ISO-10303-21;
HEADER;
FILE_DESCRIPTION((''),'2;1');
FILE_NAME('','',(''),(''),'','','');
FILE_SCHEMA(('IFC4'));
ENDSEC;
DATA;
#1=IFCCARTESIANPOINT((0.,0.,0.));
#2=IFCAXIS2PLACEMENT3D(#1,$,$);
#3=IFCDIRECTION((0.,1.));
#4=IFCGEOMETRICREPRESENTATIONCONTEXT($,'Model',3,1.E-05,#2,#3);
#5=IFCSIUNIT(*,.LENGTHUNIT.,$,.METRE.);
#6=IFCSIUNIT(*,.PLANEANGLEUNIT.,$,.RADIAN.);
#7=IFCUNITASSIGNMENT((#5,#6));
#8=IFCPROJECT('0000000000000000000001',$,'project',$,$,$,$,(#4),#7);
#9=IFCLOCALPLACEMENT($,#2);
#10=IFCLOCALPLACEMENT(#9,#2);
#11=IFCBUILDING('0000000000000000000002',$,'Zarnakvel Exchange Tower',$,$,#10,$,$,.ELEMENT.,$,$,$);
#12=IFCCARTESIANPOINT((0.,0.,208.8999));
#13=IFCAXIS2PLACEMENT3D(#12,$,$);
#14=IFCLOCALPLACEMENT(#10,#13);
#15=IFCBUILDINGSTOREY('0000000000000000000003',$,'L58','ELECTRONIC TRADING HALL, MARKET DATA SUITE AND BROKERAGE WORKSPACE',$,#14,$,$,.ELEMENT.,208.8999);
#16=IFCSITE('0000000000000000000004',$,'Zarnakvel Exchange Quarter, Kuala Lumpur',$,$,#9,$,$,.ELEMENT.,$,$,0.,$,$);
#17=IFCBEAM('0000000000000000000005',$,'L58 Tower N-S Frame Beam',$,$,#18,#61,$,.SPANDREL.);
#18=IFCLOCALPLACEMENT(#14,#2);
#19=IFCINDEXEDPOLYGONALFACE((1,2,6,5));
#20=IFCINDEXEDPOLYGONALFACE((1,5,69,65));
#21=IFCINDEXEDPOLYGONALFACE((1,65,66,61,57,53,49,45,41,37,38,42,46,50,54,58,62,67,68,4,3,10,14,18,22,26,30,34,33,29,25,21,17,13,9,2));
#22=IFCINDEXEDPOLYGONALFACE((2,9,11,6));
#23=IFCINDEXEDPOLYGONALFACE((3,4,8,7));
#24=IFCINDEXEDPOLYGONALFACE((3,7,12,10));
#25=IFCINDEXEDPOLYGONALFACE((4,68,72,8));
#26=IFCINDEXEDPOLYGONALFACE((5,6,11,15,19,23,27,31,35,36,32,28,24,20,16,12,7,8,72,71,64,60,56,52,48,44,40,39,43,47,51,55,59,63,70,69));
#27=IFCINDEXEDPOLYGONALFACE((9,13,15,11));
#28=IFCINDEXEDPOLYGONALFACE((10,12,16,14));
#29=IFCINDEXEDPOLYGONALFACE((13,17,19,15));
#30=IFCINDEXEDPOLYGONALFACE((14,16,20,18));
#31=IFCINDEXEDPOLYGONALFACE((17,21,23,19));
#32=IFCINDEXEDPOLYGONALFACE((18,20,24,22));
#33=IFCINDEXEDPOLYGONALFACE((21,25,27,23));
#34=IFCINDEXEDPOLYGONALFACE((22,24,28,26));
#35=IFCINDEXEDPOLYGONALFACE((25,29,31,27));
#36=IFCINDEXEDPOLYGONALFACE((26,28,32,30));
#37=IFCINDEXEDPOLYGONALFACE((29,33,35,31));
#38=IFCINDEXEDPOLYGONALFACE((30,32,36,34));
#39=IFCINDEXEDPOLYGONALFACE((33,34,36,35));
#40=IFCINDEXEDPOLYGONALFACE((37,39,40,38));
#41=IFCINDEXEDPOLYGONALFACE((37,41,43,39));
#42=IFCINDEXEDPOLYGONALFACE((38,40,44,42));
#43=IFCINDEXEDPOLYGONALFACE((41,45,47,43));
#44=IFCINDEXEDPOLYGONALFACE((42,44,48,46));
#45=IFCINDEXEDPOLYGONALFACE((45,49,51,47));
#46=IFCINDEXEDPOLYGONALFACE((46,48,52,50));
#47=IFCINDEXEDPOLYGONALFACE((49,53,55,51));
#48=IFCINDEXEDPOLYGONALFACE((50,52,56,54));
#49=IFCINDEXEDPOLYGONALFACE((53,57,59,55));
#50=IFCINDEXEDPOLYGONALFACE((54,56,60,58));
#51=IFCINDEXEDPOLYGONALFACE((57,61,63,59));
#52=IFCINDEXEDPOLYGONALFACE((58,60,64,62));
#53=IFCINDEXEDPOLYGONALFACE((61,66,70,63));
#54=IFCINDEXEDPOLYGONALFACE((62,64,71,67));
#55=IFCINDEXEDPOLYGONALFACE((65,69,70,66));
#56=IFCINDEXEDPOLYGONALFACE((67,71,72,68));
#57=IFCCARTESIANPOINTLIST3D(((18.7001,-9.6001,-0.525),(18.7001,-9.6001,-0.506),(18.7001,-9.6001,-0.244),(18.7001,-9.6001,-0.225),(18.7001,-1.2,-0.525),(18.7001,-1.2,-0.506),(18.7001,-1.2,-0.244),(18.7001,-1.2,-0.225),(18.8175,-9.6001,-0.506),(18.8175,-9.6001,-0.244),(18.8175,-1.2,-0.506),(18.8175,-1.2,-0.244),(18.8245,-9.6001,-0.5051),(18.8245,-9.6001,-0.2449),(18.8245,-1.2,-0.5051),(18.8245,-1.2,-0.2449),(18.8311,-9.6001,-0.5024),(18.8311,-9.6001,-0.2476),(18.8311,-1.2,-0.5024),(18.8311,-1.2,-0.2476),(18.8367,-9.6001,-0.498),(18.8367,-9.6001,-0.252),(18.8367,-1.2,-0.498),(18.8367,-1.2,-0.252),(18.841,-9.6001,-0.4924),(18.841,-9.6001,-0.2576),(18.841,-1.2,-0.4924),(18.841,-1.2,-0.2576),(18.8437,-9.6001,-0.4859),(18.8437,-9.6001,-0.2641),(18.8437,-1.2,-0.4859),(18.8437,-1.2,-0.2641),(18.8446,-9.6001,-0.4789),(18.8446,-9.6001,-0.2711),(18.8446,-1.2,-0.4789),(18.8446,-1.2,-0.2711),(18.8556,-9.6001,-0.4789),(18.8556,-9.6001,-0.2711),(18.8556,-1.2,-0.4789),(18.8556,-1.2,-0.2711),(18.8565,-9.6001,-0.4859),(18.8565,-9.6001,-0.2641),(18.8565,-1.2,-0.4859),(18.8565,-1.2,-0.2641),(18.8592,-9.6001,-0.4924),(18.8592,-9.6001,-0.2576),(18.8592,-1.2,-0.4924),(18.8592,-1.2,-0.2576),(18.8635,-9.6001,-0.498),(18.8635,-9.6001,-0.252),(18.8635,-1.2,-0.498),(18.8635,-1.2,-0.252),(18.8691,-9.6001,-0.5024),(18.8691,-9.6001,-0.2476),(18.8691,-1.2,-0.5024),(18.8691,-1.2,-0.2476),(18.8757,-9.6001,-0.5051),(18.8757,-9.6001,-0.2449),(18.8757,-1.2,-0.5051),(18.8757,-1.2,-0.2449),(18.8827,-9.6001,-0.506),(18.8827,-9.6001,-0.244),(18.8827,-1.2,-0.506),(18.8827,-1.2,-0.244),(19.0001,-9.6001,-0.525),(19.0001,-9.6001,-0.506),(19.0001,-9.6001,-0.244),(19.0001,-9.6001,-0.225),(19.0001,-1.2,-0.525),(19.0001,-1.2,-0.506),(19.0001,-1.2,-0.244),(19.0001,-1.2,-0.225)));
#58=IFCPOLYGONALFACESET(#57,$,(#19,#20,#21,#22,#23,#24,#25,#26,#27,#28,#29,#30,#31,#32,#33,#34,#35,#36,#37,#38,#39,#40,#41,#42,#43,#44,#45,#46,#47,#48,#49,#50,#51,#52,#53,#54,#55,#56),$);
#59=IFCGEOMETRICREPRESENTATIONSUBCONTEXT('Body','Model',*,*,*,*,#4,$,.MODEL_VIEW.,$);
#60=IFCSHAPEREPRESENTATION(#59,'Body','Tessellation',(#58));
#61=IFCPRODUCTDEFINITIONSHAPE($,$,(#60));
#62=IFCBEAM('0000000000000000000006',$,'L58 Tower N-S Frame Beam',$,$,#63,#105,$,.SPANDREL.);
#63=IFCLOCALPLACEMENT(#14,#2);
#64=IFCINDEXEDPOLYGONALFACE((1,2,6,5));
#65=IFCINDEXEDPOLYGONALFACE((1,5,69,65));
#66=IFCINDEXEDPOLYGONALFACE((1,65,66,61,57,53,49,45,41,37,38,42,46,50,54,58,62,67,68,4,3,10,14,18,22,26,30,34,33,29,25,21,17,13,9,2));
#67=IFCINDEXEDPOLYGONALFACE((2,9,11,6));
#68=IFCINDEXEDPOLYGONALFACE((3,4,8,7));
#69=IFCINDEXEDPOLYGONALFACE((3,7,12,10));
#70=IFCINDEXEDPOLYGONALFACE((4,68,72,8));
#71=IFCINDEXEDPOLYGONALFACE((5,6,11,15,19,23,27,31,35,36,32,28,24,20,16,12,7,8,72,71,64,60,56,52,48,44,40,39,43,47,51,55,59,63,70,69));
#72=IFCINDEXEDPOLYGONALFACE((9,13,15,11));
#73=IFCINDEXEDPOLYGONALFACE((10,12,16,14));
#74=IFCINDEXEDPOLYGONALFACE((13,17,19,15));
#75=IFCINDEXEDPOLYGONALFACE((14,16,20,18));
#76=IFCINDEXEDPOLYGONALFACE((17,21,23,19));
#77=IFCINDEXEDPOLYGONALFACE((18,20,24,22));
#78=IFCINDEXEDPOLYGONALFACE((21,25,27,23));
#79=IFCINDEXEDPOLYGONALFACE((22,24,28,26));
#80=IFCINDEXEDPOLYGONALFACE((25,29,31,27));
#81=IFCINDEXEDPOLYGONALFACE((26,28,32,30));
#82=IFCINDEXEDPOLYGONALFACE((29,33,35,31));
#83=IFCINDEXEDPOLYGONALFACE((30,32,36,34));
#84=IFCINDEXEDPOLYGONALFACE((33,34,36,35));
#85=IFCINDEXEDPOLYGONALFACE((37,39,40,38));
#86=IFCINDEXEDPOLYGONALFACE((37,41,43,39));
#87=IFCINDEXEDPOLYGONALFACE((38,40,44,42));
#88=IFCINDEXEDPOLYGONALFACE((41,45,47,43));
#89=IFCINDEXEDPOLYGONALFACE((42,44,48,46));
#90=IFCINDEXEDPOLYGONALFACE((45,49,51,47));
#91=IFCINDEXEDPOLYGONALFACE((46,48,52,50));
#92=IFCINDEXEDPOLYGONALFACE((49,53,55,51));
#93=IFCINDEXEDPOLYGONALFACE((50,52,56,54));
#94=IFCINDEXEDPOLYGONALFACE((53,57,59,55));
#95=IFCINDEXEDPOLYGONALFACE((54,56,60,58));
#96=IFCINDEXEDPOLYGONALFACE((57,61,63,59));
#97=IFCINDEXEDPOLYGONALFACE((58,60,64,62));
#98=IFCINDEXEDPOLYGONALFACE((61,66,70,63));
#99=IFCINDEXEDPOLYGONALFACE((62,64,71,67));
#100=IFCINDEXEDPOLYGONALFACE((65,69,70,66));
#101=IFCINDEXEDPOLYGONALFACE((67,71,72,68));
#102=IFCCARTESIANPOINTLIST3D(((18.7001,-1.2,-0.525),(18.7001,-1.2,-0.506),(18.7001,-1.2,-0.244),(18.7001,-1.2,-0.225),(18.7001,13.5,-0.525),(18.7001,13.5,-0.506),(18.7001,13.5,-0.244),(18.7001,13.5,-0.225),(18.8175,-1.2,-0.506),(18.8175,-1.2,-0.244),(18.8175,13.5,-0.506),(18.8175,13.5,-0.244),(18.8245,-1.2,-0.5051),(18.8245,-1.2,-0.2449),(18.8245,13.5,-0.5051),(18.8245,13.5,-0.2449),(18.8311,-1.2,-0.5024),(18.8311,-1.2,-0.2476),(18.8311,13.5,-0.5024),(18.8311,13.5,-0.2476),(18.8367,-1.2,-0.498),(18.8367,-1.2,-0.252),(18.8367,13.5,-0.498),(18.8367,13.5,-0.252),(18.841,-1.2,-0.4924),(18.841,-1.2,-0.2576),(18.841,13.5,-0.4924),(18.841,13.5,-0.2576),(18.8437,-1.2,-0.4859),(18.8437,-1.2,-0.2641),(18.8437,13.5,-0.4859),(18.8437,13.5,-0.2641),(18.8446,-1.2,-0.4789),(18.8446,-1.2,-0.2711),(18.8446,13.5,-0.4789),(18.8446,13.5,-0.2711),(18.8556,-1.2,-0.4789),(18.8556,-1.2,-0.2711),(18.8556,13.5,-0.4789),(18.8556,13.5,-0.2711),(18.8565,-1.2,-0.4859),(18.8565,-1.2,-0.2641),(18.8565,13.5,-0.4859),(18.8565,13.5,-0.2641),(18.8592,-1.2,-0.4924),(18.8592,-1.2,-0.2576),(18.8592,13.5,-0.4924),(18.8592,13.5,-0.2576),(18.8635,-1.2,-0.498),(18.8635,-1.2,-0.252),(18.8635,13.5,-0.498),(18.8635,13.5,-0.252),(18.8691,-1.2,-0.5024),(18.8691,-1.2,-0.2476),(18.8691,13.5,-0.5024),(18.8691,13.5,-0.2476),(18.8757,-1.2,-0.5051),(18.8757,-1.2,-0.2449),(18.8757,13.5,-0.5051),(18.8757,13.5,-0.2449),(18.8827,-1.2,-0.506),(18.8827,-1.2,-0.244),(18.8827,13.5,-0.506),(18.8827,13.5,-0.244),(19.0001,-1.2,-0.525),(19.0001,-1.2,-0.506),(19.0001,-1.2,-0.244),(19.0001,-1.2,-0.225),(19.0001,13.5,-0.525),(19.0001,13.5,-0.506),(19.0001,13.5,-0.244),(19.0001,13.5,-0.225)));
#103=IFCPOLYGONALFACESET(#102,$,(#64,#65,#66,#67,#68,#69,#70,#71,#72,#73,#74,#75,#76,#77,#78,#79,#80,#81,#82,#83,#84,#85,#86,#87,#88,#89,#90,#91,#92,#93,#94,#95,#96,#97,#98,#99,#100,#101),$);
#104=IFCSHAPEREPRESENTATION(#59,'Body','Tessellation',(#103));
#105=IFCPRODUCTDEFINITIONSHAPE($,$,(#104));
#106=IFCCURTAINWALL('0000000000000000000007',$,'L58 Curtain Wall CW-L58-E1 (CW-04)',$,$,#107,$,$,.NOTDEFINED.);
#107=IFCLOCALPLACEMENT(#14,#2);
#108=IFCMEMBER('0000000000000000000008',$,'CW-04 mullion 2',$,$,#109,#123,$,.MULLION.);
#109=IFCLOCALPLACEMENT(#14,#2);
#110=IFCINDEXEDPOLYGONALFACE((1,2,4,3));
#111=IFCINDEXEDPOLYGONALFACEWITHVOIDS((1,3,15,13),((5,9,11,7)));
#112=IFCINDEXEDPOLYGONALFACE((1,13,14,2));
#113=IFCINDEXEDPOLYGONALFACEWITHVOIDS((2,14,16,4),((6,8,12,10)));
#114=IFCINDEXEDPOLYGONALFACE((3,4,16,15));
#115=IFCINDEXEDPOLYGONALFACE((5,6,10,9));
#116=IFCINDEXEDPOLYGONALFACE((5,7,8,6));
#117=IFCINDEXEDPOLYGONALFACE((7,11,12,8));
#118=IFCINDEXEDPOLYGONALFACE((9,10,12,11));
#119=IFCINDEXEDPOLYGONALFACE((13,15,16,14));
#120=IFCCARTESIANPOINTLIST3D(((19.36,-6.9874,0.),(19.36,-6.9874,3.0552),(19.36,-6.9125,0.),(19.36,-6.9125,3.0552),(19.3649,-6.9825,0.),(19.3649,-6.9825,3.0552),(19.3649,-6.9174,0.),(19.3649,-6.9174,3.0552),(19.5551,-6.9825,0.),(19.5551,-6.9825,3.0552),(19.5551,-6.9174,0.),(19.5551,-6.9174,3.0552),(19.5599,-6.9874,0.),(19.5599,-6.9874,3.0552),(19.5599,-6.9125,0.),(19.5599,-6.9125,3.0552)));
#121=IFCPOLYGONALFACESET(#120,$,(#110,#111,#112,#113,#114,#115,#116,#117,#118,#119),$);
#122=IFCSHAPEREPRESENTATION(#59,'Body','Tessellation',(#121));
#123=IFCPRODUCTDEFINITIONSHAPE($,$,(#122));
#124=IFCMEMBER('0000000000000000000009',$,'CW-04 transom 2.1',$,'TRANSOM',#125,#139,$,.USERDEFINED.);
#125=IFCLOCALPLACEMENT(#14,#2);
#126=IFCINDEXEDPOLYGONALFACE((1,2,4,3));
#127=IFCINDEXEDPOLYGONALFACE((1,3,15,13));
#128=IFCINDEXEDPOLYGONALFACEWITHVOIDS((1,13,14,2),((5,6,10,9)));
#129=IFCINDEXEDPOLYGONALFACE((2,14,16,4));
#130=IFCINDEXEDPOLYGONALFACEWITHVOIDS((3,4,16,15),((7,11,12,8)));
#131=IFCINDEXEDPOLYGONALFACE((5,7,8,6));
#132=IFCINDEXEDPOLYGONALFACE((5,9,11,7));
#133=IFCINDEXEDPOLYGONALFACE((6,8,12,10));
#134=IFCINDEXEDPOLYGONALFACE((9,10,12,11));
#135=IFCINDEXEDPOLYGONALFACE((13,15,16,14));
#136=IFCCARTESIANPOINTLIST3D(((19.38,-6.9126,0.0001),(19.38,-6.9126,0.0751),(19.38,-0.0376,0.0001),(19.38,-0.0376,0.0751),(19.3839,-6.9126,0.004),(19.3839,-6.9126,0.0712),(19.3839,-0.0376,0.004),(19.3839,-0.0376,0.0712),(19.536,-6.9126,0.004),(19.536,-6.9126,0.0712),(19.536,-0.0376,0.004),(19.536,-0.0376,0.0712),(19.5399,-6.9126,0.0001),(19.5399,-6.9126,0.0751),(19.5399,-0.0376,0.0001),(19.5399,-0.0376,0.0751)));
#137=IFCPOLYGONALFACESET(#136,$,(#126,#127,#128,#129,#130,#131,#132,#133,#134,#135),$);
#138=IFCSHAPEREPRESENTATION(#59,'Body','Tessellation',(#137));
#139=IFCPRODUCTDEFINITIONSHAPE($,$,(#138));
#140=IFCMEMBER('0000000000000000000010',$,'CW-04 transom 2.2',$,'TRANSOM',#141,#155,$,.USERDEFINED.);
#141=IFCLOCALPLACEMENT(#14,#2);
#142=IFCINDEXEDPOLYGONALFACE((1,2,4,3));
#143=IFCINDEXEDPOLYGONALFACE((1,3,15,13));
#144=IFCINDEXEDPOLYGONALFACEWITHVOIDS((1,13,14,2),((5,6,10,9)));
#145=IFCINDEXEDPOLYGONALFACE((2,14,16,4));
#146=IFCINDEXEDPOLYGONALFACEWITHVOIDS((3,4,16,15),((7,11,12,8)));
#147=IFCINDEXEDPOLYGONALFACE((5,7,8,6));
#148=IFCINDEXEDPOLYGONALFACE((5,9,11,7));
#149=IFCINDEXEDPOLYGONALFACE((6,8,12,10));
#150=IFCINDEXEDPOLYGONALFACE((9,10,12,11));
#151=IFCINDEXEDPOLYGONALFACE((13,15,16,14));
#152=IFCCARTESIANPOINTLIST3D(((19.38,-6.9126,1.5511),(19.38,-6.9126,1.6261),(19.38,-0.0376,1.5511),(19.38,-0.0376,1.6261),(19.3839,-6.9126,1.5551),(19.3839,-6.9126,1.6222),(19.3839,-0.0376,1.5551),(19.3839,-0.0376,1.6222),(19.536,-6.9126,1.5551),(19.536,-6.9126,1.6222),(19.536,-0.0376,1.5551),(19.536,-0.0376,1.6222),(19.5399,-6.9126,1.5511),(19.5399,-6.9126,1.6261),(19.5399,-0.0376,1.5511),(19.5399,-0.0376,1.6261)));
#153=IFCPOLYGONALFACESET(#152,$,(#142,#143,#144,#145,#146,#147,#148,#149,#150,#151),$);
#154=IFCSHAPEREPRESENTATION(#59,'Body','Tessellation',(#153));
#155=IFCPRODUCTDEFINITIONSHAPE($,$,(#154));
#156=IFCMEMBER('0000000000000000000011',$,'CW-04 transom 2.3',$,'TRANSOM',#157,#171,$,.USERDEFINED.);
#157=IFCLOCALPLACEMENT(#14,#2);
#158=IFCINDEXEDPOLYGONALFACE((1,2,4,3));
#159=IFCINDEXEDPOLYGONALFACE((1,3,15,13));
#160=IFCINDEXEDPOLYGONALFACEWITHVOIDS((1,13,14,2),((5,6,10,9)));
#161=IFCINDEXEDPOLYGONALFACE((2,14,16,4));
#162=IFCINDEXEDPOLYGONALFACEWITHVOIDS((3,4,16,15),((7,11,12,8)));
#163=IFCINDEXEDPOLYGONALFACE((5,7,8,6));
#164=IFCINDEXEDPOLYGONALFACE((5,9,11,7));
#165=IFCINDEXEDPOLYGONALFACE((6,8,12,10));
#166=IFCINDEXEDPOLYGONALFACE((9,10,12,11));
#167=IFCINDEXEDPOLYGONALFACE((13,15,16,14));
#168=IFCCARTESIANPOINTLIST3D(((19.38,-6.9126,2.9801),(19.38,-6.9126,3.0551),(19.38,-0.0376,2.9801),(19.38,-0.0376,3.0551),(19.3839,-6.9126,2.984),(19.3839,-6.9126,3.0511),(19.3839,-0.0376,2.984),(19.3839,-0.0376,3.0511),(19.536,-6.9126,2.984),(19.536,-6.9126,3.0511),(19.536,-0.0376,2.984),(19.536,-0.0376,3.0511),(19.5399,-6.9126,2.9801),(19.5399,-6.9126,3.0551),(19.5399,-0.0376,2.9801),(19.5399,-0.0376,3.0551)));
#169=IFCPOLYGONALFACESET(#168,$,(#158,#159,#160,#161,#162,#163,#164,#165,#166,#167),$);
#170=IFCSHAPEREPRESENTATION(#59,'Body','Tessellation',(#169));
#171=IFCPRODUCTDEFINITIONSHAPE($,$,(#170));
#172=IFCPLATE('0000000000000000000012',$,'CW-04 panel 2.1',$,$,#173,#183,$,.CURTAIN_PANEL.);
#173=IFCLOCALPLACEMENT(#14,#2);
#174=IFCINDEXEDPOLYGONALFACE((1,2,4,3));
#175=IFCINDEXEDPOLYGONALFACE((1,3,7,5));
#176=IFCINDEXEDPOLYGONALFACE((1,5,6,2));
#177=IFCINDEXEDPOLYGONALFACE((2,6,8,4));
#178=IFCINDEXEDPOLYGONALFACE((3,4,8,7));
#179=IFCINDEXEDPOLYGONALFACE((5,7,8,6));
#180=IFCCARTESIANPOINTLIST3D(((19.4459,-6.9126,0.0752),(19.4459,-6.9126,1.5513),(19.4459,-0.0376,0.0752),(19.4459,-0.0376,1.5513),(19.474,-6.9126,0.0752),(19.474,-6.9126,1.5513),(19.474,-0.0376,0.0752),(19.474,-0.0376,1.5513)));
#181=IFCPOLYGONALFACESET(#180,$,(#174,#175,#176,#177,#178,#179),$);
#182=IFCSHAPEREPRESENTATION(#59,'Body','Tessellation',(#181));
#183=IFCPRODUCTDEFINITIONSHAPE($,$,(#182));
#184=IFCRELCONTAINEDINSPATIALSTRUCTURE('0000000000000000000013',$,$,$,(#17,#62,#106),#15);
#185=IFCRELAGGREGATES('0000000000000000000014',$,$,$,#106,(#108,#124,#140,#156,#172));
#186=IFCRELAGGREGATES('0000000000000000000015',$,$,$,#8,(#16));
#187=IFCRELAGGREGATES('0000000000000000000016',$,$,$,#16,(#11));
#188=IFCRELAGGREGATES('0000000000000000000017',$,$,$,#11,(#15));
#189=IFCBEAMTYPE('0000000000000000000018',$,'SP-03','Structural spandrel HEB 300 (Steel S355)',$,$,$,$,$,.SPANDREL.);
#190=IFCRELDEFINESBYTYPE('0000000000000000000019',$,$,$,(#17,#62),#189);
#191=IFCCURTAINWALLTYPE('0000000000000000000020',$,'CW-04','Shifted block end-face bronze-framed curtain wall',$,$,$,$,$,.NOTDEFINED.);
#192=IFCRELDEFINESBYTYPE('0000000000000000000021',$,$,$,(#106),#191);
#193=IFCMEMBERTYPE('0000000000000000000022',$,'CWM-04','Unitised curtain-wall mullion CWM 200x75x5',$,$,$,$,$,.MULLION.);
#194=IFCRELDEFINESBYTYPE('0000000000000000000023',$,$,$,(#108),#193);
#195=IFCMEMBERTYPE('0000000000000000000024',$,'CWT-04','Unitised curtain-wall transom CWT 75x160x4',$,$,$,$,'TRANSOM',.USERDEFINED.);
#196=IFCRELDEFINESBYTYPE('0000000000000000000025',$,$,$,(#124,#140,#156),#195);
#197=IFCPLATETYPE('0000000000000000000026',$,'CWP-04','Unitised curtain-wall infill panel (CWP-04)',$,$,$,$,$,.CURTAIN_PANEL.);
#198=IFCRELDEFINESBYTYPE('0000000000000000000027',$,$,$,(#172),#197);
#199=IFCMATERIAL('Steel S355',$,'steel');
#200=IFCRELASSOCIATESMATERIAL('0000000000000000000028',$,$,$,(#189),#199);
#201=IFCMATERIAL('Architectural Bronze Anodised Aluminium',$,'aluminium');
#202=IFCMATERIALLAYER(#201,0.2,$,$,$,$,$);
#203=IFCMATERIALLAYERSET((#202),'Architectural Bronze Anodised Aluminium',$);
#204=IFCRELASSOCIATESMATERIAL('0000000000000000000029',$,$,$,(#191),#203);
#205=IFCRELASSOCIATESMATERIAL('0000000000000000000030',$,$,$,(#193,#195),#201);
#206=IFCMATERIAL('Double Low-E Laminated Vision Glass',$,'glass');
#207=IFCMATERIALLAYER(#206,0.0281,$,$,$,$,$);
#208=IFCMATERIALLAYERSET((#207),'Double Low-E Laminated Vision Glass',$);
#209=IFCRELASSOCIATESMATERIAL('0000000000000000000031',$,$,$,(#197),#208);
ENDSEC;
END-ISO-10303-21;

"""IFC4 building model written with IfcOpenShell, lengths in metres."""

from ifc_helpers import new_model, si_unit, direction, frame, origin, origin_2d, place, context, subcontext, project, spatial, rectangle, hollow_rectangle, i_section, extrude, source, transform, mapped, material, layer, layer_set, material_profile, profile_set, type_object, element, aggregate, save


model = new_model("IFC4")

# Units and contexts
model_context = context("Model", 3, precision=1e-05, world=origin(), true_north=direction((0.0, 1.0)))
body_context = subcontext(model_context, "Body", "Model", "MODEL_VIEW")
ifc_project = project(units=[si_unit("LENGTHUNIT", "METRE"), si_unit("PLANEANGLEUNIT", "RADIAN")], contexts=[model_context])

# Site, building, storey
site_placement = place(None, origin())
site = spatial("IfcSite", under=ifc_project, at=site_placement, Name="Zarnakvel Exchange Quarter, Kuala Lumpur", CompositionType="ELEMENT", RefElevation=0.0)
building_placement = place(site_placement, origin())
building = spatial("IfcBuilding", under=site, at=building_placement, Name="Zarnakvel Exchange Tower", CompositionType="ELEMENT")
storey_placement = place(building_placement, frame((0.0, 0.0, 208.8999)))
storey = spatial("IfcBuildingStorey", under=building, at=storey_placement, Name="L58", Description="ELECTRONIC TRADING HALL, MARKET DATA SUITE AND BROKERAGE WORKSPACE", CompositionType="ELEMENT", Elevation=208.8999)

# Shared definitions
ifc_material_1 = material(Name="Steel S355", Category="steel")

# Beams
ifc_material_profile_1 = material_profile(ifc_material_1, i_section(OverallWidth=0.3, OverallDepth=0.3, WebThickness=0.011, FlangeThickness=0.019, FilletRadius=0.0271, at=origin_2d()))
ifc_profile_set_1 = profile_set([ifc_material_profile_1], Name="Steel S355")
beam_type_1 = type_object("IfcBeamType", Name="SP-03", Description="Structural spandrel HEB 300 (Steel S355)", PredefinedType="SPANDREL", material=ifc_profile_set_1)
beam_1_placement = place(storey_placement, frame((18.8501, -9.6001, -0.375), z_axis=(0.0, 1.0, 0.0), x_axis=(-1.0, 0.0, 0.0)))
element("IfcBeam", 1, at=beam_1_placement, inside=storey, type_object=beam_type_1, Name="L58 Tower N-S Frame Beam", PredefinedType="SPANDREL", context=body_context, shape_type="SweptSolid", body=[
    extrude(i_section(OverallWidth=0.3, OverallDepth=0.3, WebThickness=0.011, FlangeThickness=0.019, FilletRadius=0.0271, at=origin_2d()), origin(), (0.0, 0.0, 1.0), 8.4001),
])
beam_2_placement = place(storey_placement, frame((18.8501, -1.2, -0.375), z_axis=(0.0, 1.0, 0.0), x_axis=(-1.0, 0.0, 0.0)))
element("IfcBeam", 2, at=beam_2_placement, inside=storey, type_object=beam_type_1, Name="L58 Tower N-S Frame Beam", PredefinedType="SPANDREL", context=body_context, shape_type="SweptSolid", body=[
    extrude(i_section(OverallWidth=0.3, OverallDepth=0.3, WebThickness=0.011, FlangeThickness=0.019, FilletRadius=0.0271, at=origin_2d()), origin(), (0.0, 0.0, 1.0), 14.7),
])

# Curtain wall, members, plate
ifc_material_2 = material(Name="Architectural Bronze Anodised Aluminium", Category="aluminium")
ifc_layer_1 = layer(ifc_material_2, 0.2)
ifc_layer_set_1 = layer_set([ifc_layer_1], Name="Architectural Bronze Anodised Aluminium")
curtain_wall_type = type_object("IfcCurtainWallType", Name="CW-04", Description="Shifted block end-face bronze-framed curtain wall", PredefinedType="NOTDEFINED", material=ifc_layer_set_1)
curtain_wall_placement = place(storey_placement, origin())
curtain_wall = element("IfcCurtainWall", 3, at=curtain_wall_placement, inside=storey, type_object=curtain_wall_type, Name="L58 Curtain Wall CW-L58-E1 (CW-04)", PredefinedType="NOTDEFINED")
ifc_material_profile_2 = material_profile(ifc_material_2, hollow_rectangle(XDim=0.2, YDim=0.075, WallThickness=0.0049, at=origin_2d()))
ifc_profile_set_2 = profile_set([ifc_material_profile_2], Name="Architectural Bronze Anodised Aluminium")
member_type_1 = type_object("IfcMemberType", Name="CWM-04", Description="Unitised curtain-wall mullion CWM 200x75x5", PredefinedType="MULLION", material=ifc_profile_set_2)
shared_shape_1 = source(origin(), body_context, "Body", "SweptSolid", [
    extrude(hollow_rectangle(XDim=0.2, YDim=0.075, WallThickness=0.0049, at=origin_2d()), origin(), (0.0, 0.0, 1.0), 3.0552),
])
member_1_placement = place(storey_placement, frame((19.46, -6.95, 0.0), z_axis=(0.0, 0.0, 1.0), x_axis=(-1.0, 0.0, 0.0)))
member_1 = element("IfcMember", 4, at=member_1_placement, type_object=member_type_1, Name="CW-04 mullion 2", PredefinedType="MULLION", context=body_context, shape_type="MappedRepresentation", body=[
    mapped(shared_shape_1, transform((0.0, 0.0, 0.0), x_axis=(1.0, 0.0, 0.0), y_axis=(0.0, 1.0, 0.0), z_axis=(0.0, 0.0, 1.0), scale=1.0)),
])
ifc_material_profile_3 = material_profile(ifc_material_2, hollow_rectangle(XDim=0.1599, YDim=0.075, WallThickness=0.0039, at=origin_2d()))
ifc_profile_set_3 = profile_set([ifc_material_profile_3], Name="Architectural Bronze Anodised Aluminium")
member_type_2 = type_object("IfcMemberType", Name="CWT-04", Description="Unitised curtain-wall transom CWT 75x160x4", ElementType="TRANSOM", PredefinedType="USERDEFINED", material=ifc_profile_set_3)
shared_shape_2 = source(origin(), body_context, "Body", "SweptSolid", [
    extrude(hollow_rectangle(XDim=0.1599, YDim=0.075, WallThickness=0.0039, at=origin_2d()), origin(), (0.0, 0.0, 1.0), 6.875),
])
member_2_placement = place(storey_placement, frame((19.46, -6.9126, 0.0376), z_axis=(0.0, 1.0, 0.0), x_axis=(-1.0, 0.0, 0.0)))
member_2 = element("IfcMember", 5, at=member_2_placement, type_object=member_type_2, Name="CW-04 transom 2.1", ObjectType="TRANSOM", PredefinedType="USERDEFINED", context=body_context, shape_type="MappedRepresentation", body=[
    mapped(shared_shape_2, transform((0.0, 0.0, 0.0), x_axis=(1.0, 0.0, 0.0), y_axis=(0.0, 1.0, 0.0), z_axis=(0.0, 0.0, 1.0), scale=1.0)),
])
member_3_placement = place(storey_placement, frame((19.46, -6.9126, 1.5886), z_axis=(0.0, 1.0, 0.0), x_axis=(-1.0, 0.0, 0.0)))
member_3 = element("IfcMember", 6, at=member_3_placement, type_object=member_type_2, Name="CW-04 transom 2.2", ObjectType="TRANSOM", PredefinedType="USERDEFINED", context=body_context, shape_type="MappedRepresentation", body=[
    mapped(shared_shape_2, transform((0.0, 0.0, 0.0), x_axis=(1.0, 0.0, 0.0), y_axis=(0.0, 1.0, 0.0), z_axis=(0.0, 0.0, 1.0), scale=1.0)),
])
member_4_placement = place(storey_placement, frame((19.46, -6.9126, 3.0176), z_axis=(0.0, 1.0, 0.0), x_axis=(-1.0, 0.0, 0.0)))
member_4 = element("IfcMember", 7, at=member_4_placement, type_object=member_type_2, Name="CW-04 transom 2.3", ObjectType="TRANSOM", PredefinedType="USERDEFINED", context=body_context, shape_type="MappedRepresentation", body=[
    mapped(shared_shape_2, transform((0.0, 0.0, 0.0), x_axis=(1.0, 0.0, 0.0), y_axis=(0.0, 1.0, 0.0), z_axis=(0.0, 0.0, 1.0), scale=1.0)),
])
ifc_material_3 = material(Name="Double Low-E Laminated Vision Glass", Category="glass")
ifc_layer_2 = layer(ifc_material_3, 0.0281)
ifc_layer_set_2 = layer_set([ifc_layer_2], Name="Double Low-E Laminated Vision Glass")
plate_type = type_object("IfcPlateType", Name="CWP-04", Description="Unitised curtain-wall infill panel (CWP-04)", PredefinedType="CURTAIN_PANEL", material=ifc_layer_set_2)
shared_shape_3 = source(origin(), body_context, "Body", "SweptSolid", [
    extrude(rectangle(XDim=6.875, YDim=0.0281, at=origin_2d()), origin(), (0.0, 0.0, 1.0), 1.4761),
])
plate_1_placement = place(storey_placement, frame((19.46, -3.4751, 0.0752), z_axis=(0.0, 0.0, 1.0), x_axis=(0.0, 1.0, 0.0)))
plate_1 = element("IfcPlate", 8, at=plate_1_placement, type_object=plate_type, Name="CW-04 panel 2.1", PredefinedType="CURTAIN_PANEL", context=body_context, shape_type="MappedRepresentation", body=[
    mapped(shared_shape_3, transform((0.0, 0.0, 0.0), x_axis=(1.0, 0.0, 0.0), y_axis=(0.0, 1.0, 0.0), z_axis=(0.0, 0.0, 1.0), scale=1.0)),
])
aggregate(curtain_wall, [member_1, member_2, member_3, member_4, plate_1])

save(model, "model.ifc")
